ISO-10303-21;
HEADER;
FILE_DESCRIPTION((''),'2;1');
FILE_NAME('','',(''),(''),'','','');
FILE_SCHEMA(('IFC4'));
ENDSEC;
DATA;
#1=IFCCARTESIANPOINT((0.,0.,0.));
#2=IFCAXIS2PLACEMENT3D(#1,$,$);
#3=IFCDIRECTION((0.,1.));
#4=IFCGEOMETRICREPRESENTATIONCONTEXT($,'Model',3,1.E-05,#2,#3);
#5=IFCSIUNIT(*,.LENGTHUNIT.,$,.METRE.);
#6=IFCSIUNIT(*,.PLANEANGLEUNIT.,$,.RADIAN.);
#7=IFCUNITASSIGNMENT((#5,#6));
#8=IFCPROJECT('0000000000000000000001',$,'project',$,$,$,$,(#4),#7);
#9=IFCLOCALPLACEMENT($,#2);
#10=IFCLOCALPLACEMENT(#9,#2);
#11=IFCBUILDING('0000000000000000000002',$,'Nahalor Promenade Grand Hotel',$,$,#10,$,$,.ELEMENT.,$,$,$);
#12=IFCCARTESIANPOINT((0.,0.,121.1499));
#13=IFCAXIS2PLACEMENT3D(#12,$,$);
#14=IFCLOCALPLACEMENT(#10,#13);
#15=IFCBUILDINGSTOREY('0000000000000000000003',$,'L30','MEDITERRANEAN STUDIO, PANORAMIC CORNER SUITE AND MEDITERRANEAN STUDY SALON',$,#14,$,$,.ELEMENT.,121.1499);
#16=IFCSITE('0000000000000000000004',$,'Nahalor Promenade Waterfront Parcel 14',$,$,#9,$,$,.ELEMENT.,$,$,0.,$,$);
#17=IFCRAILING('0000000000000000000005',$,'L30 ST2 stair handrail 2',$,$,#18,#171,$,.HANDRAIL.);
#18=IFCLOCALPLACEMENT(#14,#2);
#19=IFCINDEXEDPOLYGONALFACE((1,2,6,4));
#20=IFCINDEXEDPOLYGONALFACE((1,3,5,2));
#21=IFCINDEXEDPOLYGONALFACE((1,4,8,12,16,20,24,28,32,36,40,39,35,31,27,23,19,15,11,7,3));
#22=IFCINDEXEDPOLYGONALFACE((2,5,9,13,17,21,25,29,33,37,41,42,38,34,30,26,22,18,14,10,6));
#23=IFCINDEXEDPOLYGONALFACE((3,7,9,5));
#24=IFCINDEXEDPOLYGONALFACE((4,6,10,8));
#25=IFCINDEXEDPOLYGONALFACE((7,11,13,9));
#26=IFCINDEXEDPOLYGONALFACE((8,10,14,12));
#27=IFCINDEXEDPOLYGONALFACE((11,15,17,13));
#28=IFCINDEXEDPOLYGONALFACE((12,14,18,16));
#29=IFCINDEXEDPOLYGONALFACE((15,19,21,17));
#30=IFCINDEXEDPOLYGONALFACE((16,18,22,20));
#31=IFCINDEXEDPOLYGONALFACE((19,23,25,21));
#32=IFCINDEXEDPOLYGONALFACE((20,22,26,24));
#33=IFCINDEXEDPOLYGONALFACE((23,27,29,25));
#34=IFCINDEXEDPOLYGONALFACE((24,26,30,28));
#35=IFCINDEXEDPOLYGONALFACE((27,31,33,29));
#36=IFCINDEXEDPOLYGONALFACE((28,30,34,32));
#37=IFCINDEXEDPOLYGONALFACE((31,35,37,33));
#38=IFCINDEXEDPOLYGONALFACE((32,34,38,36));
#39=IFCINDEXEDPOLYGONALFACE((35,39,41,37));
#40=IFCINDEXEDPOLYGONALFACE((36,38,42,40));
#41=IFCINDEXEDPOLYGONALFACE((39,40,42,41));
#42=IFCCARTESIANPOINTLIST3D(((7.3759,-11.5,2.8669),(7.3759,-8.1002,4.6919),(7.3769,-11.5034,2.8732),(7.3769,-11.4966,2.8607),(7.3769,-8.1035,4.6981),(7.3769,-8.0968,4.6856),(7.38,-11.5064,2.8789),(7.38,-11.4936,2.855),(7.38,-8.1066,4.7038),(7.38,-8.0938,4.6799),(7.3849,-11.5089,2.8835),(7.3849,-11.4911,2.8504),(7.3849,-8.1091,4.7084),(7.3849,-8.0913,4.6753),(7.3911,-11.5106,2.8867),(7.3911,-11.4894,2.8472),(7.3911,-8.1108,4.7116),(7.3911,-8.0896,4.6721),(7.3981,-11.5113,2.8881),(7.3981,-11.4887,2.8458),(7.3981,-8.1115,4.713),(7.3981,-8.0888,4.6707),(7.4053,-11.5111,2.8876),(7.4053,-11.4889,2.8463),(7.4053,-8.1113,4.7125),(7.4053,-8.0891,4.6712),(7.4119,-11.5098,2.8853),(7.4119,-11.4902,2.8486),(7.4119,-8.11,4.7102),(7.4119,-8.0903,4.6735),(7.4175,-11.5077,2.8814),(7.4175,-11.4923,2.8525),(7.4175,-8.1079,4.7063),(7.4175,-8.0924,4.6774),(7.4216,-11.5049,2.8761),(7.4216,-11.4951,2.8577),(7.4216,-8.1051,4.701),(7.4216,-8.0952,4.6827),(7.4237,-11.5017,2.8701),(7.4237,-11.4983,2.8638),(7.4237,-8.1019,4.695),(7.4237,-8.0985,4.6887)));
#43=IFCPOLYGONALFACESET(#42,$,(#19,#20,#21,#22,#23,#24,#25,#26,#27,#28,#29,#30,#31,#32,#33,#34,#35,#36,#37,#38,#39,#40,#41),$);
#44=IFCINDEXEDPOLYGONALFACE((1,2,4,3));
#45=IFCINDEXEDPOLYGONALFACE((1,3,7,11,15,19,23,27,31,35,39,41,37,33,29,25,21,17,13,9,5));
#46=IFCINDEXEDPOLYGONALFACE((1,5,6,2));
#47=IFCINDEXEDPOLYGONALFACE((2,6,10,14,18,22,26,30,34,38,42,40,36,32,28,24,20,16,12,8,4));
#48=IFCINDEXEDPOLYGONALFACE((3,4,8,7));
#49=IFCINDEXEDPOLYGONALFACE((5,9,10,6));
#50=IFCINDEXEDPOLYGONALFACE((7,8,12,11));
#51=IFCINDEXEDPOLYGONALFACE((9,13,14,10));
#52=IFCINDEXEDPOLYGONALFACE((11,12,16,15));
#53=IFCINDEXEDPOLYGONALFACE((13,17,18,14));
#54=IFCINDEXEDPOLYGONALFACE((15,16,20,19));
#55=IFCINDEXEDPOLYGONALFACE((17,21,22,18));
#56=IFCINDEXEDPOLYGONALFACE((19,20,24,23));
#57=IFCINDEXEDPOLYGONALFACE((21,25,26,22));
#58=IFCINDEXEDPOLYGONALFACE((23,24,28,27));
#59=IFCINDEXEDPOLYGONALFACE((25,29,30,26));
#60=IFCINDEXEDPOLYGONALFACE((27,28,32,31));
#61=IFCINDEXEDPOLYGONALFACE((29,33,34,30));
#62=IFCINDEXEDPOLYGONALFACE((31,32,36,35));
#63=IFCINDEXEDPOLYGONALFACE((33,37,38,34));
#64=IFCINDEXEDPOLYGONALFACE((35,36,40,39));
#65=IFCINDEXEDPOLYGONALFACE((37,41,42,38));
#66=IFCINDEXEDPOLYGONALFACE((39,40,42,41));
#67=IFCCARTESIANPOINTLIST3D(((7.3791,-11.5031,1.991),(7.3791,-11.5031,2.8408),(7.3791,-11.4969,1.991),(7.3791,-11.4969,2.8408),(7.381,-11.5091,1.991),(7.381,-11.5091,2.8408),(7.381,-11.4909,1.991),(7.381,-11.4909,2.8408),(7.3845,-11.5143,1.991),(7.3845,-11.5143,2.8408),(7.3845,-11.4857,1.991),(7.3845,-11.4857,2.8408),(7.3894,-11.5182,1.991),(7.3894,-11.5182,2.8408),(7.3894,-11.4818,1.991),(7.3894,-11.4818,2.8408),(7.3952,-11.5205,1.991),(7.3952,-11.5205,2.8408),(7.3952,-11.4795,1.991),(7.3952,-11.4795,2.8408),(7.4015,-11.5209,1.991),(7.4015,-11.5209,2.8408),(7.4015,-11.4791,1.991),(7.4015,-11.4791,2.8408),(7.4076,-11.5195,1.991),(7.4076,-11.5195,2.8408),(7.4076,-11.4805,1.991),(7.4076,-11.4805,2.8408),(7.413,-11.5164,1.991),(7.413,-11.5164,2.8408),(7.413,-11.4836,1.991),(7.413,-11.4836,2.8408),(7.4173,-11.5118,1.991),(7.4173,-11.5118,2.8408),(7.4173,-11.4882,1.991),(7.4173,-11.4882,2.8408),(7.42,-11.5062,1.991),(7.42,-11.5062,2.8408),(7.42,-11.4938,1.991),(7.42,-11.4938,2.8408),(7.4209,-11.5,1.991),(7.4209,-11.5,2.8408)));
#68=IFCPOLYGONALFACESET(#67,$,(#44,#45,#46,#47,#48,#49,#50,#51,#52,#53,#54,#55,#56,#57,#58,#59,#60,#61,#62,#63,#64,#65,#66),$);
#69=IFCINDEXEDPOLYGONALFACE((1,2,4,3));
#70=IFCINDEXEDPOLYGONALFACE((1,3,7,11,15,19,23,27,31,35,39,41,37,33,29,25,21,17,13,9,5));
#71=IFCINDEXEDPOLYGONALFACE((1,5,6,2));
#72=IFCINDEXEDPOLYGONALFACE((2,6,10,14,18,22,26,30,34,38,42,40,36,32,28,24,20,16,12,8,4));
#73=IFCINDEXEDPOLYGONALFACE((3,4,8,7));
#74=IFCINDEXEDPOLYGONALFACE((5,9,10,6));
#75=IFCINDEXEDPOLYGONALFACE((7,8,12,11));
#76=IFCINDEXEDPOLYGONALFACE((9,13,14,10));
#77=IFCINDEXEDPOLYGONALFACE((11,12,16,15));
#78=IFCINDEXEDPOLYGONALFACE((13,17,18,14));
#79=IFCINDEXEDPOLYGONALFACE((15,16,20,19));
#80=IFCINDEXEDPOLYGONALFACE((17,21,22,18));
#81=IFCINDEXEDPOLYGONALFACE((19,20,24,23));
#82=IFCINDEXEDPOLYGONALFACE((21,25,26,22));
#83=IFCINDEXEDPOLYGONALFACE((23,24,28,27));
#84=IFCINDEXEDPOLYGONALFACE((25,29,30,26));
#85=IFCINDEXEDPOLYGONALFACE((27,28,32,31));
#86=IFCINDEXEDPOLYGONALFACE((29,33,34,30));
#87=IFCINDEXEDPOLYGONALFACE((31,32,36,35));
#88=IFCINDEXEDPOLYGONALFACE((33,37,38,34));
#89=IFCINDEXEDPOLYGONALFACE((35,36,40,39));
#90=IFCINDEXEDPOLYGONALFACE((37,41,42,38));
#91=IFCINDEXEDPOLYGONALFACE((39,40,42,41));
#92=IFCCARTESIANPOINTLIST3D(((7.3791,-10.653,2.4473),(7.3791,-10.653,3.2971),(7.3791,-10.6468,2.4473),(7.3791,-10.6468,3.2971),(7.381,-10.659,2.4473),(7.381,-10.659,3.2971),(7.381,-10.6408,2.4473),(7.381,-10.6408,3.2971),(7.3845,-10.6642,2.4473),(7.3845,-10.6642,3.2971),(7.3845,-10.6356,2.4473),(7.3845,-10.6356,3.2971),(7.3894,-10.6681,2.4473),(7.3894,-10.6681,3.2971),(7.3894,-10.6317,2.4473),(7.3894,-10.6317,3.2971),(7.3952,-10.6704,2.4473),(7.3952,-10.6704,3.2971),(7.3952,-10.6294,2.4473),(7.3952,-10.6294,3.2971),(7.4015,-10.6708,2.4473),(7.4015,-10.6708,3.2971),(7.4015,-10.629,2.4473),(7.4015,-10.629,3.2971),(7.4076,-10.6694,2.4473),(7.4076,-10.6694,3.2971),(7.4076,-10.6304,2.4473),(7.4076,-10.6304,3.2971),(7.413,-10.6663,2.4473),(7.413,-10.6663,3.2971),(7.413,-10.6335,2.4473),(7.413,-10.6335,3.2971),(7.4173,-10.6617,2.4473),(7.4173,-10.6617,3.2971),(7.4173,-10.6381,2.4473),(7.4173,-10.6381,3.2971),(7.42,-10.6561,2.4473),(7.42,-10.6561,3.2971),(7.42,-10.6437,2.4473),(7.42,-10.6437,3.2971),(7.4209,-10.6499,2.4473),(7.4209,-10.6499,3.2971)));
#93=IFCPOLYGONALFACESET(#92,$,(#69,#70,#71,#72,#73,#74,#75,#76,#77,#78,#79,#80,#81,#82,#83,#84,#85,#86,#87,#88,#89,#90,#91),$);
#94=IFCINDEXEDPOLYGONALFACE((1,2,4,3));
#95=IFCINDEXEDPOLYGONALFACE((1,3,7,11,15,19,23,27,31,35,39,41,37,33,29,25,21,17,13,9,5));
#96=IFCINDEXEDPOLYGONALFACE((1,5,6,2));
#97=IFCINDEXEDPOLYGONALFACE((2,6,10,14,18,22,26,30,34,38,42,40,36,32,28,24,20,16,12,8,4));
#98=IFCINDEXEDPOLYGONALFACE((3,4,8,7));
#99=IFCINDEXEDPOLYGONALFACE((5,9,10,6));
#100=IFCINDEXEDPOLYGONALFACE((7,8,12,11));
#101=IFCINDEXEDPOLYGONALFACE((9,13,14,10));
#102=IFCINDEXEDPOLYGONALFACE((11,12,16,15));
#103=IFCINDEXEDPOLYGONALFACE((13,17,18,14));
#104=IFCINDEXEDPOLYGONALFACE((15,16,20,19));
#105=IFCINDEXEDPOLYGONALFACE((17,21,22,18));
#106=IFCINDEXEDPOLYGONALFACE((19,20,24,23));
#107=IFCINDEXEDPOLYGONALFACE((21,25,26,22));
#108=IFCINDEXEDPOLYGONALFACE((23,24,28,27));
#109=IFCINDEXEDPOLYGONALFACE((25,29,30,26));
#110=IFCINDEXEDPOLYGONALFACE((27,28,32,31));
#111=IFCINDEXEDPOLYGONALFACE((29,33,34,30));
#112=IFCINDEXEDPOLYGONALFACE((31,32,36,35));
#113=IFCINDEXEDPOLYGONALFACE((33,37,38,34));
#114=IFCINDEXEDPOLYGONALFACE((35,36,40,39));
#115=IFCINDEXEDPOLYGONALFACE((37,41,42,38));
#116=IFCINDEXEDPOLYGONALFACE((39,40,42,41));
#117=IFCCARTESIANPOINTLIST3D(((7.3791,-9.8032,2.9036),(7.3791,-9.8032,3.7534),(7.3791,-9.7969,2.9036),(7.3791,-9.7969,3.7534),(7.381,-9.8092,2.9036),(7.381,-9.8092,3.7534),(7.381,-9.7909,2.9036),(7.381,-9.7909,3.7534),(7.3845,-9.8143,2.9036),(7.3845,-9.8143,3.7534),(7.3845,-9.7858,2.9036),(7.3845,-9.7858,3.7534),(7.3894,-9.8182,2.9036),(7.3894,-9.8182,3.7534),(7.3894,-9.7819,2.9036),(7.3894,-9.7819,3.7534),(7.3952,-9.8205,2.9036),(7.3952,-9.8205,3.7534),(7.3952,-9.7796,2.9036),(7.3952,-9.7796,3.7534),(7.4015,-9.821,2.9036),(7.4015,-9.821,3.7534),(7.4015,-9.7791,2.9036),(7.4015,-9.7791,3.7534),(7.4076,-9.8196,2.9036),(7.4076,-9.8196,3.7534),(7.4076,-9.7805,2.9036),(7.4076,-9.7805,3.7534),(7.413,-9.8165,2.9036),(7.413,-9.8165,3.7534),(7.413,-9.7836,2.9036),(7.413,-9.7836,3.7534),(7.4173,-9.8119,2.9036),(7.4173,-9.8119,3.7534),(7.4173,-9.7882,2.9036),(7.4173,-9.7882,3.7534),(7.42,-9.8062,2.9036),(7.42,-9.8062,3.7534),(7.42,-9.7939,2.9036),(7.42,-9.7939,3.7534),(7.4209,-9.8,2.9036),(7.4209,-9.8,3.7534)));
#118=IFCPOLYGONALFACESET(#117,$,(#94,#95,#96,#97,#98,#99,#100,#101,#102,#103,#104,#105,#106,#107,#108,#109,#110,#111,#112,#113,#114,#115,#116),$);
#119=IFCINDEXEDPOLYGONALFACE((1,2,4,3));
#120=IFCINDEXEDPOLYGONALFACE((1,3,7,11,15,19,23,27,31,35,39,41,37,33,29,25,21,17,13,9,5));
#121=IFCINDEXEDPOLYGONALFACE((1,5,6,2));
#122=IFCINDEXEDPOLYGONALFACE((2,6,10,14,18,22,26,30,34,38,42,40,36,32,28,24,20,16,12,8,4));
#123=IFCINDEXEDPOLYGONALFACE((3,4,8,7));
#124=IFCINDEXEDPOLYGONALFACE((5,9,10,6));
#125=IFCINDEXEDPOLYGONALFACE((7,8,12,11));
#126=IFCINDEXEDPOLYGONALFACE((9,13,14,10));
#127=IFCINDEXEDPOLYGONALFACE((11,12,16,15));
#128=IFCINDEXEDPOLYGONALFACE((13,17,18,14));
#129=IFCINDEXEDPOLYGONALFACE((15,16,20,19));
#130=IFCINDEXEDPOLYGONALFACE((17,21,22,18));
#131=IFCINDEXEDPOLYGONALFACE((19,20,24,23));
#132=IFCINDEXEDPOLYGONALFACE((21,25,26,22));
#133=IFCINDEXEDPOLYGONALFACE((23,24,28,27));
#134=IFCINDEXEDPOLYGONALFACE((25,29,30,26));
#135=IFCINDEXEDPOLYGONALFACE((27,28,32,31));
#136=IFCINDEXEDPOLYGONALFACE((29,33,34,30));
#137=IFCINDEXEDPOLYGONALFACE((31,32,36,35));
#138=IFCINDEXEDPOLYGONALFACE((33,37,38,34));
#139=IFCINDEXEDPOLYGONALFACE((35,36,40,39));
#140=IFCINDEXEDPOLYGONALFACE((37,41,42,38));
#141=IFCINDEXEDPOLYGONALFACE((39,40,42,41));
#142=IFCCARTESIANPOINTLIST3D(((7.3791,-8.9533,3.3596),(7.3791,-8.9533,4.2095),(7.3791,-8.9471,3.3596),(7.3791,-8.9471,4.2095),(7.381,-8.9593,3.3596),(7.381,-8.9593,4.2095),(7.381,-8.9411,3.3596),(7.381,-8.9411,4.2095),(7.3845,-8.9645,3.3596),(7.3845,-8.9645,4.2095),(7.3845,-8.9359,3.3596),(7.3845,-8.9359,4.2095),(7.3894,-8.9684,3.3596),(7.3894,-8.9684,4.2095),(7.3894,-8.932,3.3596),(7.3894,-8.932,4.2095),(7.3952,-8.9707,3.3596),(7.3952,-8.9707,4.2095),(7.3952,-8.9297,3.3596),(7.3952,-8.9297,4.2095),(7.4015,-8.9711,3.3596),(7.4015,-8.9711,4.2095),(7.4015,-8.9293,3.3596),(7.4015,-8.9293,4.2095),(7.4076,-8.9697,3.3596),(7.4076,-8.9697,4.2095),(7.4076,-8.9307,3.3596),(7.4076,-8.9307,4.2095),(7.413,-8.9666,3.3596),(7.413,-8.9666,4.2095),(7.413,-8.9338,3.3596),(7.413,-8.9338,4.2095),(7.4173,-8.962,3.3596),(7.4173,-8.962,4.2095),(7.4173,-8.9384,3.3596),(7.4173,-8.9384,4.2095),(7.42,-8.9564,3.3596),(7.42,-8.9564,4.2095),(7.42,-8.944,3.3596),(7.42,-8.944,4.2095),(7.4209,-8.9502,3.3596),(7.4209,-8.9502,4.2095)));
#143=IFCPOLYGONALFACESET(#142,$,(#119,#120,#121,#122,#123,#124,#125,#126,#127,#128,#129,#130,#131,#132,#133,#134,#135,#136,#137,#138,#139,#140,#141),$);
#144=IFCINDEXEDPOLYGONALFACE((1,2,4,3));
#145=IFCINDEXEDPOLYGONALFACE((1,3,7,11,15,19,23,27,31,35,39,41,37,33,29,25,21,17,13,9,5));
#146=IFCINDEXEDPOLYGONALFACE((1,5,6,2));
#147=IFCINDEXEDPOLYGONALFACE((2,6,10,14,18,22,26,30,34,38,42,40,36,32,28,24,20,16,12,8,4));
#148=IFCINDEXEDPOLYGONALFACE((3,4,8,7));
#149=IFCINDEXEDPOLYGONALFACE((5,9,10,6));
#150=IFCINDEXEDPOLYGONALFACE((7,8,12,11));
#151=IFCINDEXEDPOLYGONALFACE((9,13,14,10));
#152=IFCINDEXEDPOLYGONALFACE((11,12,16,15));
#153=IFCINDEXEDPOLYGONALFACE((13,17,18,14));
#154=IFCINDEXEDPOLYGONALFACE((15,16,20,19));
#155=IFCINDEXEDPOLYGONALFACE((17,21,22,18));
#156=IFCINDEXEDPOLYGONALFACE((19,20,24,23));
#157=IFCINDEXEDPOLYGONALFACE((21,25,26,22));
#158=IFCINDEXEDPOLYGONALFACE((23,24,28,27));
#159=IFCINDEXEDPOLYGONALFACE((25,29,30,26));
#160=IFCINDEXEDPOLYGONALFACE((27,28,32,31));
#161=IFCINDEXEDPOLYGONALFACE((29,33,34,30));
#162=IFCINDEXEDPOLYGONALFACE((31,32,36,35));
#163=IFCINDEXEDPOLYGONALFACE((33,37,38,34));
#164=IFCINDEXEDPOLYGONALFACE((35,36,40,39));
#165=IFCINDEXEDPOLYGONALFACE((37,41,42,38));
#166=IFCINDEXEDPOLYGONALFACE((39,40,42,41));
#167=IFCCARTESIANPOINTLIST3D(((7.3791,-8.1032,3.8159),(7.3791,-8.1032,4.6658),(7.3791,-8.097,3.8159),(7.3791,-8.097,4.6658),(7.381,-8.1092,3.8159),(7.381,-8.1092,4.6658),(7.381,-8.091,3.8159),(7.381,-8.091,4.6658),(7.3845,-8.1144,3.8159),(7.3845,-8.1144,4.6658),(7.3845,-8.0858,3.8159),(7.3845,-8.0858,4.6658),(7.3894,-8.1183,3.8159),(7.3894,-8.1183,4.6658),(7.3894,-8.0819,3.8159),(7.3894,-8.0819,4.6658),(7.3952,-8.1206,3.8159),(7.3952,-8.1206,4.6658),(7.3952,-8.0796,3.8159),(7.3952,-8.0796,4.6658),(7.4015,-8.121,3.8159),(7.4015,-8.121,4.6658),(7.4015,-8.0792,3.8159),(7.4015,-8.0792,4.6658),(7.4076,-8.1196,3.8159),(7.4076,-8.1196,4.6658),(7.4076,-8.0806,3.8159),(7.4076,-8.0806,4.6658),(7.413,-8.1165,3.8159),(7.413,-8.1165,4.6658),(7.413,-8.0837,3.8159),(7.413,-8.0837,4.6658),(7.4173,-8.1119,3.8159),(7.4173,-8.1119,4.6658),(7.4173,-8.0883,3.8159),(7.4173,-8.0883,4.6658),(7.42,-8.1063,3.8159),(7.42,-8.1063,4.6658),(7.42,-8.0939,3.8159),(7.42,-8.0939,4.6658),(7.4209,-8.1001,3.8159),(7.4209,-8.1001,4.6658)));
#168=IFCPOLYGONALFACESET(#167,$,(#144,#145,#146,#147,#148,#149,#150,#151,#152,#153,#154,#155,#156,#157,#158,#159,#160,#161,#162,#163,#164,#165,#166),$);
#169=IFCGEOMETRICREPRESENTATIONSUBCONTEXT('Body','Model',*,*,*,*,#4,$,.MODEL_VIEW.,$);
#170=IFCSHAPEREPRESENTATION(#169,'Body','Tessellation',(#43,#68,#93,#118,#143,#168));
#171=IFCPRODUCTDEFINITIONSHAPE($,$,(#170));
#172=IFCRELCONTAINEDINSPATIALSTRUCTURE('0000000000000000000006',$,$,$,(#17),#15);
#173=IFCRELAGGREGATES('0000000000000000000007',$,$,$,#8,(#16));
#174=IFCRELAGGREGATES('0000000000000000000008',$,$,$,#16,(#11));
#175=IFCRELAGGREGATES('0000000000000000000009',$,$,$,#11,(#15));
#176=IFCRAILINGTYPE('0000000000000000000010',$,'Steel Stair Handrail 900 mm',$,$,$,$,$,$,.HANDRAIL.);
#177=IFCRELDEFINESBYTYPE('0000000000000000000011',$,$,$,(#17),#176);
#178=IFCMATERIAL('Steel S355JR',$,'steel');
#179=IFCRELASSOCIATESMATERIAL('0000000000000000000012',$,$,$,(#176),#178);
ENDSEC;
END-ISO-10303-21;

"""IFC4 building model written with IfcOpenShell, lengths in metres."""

from ifc_helpers import new_model, si_unit, direction, frame, origin, origin_2d, place, context, subcontext, project, spatial, circle, extrude, material, type_object, element, save


model = new_model("IFC4")

# Units and contexts
model_context = context("Model", 3, precision=1e-05, world=origin(), true_north=direction((0.0, 1.0)))
body_context = subcontext(model_context, "Body", "Model", "MODEL_VIEW")
ifc_project = project(units=[si_unit("LENGTHUNIT", "METRE"), si_unit("PLANEANGLEUNIT", "RADIAN")], contexts=[model_context])

# Site, building, storey
site_placement = place(None, origin())
site = spatial("IfcSite", under=ifc_project, at=site_placement, Name="Nahalor Promenade Waterfront Parcel 14", CompositionType="ELEMENT", RefElevation=0.0)
building_placement = place(site_placement, origin())
building = spatial("IfcBuilding", under=site, at=building_placement, Name="Nahalor Promenade Grand Hotel", CompositionType="ELEMENT")
storey_placement = place(building_placement, frame((0.0, 0.0, 121.1499)))
storey = spatial("IfcBuildingStorey", under=building, at=storey_placement, Name="L30", Description="MEDITERRANEAN STUDIO, PANORAMIC CORNER SUITE AND MEDITERRANEAN STUDY SALON", CompositionType="ELEMENT", Elevation=121.1499)

# Shared definitions
ifc_material_1 = material(Name="Steel S355JR", Category="steel")

# Railing
railing_type_1 = type_object("IfcRailingType", Name="Steel Stair Handrail 900 mm", PredefinedType="HANDRAIL", material=ifc_material_1)
railing_1_placement = place(storey_placement, frame((7.3999, -11.5, 1.991)))
element("IfcRailing", 1, at=railing_1_placement, inside=storey, type_object=railing_type_1, Name="L30 ST2 stair handrail 2", PredefinedType="HANDRAIL", context=body_context, shape_type="SweptSolid", body=[
    extrude(circle(Radius=0.024, at=origin_2d()), frame((0.0, 0.0, 0.876), z_axis=(0.0, 0.881094, 0.472941), x_axis=(-1.0, 0.0, 0.0)), (0.0, 0.0, 1.0), 3.8586),
    extrude(circle(Radius=0.021, at=origin_2d()), origin(), (0.0, 0.0, 1.0), 0.8499),
    extrude(circle(Radius=0.021, at=origin_2d()), frame((0.0, 0.8501, 0.4563)), (0.0, 0.0, 1.0), 0.8499),
    extrude(circle(Radius=0.021, at=origin_2d()), frame((0.0, 1.7, 0.9126)), (0.0, 0.0, 1.0), 0.8499),
    extrude(circle(Radius=0.021, at=origin_2d()), frame((0.0, 2.5498, 1.3687)), (0.0, 0.0, 1.0), 0.8499),
    extrude(circle(Radius=0.021, at=origin_2d()), frame((0.0, 3.3999, 1.825)), (0.0, 0.0, 1.0), 0.8499),
])

save(model, "model.ifc")
